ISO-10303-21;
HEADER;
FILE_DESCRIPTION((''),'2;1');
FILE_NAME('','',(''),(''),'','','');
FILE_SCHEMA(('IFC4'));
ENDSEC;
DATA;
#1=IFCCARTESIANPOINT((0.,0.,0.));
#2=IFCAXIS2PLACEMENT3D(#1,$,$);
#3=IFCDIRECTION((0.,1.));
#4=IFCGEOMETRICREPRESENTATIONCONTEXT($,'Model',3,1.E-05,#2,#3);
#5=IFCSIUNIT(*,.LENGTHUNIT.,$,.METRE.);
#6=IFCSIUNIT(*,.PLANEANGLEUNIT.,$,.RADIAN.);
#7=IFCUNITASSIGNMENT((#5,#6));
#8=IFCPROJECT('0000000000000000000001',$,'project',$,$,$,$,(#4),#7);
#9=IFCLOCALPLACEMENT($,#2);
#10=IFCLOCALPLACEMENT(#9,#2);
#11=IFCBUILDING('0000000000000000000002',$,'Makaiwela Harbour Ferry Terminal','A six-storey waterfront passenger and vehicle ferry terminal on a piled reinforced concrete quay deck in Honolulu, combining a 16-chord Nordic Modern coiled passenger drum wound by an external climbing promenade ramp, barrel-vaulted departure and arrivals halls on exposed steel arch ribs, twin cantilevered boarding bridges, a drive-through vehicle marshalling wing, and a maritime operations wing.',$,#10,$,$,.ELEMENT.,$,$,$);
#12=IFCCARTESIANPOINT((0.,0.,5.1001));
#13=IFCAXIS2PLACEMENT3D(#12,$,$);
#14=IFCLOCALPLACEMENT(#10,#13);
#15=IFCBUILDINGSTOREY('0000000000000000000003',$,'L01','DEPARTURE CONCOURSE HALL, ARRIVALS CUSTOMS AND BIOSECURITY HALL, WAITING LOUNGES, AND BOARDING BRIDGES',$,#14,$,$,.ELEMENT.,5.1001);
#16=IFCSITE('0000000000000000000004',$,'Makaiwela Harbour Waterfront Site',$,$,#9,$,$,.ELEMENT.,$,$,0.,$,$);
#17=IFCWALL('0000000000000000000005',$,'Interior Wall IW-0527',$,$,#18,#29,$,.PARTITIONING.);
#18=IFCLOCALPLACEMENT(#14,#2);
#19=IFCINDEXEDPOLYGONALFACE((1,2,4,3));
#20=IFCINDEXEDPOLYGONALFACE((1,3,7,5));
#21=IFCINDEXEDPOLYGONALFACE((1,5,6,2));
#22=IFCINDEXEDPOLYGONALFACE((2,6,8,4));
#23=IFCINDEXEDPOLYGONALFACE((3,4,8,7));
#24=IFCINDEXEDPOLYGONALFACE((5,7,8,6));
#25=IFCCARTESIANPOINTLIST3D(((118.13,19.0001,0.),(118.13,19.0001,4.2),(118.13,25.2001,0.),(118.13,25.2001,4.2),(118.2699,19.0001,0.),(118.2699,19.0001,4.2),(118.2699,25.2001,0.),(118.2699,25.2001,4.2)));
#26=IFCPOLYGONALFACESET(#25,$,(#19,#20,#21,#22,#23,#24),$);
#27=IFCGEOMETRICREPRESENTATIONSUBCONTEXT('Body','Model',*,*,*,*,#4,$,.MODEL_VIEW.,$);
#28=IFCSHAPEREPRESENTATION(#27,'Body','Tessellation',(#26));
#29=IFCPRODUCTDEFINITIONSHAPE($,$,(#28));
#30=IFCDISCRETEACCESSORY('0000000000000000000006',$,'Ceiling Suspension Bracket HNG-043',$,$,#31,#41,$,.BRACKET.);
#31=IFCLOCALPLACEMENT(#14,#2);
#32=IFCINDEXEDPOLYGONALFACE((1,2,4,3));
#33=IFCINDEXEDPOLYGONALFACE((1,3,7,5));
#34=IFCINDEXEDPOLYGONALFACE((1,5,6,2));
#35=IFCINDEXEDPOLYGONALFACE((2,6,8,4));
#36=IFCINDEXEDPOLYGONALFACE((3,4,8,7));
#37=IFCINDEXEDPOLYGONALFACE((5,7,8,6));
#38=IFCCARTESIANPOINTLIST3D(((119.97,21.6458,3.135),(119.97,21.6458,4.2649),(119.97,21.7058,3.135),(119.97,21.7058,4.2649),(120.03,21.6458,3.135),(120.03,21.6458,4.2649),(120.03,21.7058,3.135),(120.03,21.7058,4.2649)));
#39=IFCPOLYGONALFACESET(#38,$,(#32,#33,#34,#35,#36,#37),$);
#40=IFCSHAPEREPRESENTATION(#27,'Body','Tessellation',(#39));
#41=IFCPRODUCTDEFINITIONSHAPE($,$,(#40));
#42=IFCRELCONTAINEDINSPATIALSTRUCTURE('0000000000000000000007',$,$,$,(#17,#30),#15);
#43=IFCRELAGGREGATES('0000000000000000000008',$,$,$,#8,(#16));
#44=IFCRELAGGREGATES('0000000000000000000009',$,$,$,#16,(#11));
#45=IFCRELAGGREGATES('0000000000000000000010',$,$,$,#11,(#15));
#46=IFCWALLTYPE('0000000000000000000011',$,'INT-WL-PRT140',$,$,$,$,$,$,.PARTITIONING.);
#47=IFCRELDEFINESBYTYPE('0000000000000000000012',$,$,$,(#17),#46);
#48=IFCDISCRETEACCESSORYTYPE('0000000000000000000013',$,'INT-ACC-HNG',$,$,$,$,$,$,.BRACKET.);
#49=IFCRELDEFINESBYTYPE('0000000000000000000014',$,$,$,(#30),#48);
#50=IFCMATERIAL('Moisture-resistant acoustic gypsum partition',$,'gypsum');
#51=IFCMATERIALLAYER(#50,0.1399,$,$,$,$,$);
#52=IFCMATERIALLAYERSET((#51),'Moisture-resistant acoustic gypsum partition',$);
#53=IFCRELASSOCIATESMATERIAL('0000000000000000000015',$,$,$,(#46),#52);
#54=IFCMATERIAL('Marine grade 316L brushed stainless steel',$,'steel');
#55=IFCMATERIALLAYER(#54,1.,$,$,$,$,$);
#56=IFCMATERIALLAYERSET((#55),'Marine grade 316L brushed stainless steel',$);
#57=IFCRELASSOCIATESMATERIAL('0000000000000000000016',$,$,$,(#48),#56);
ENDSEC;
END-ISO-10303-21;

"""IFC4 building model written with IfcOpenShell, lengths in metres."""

from ifc_helpers import new_model, si_unit, direction, frame, frame_2d, origin, origin_2d, place, context, subcontext, project, spatial, rectangle, extrude, material, layer, layer_set, type_object, element, save


model = new_model("IFC4")

# Units and contexts
model_context = context("Model", 3, precision=1e-05, world=origin(), true_north=direction((0.0, 1.0)))
body_context = subcontext(model_context, "Body", "Model", "MODEL_VIEW")
ifc_project = project(units=[si_unit("LENGTHUNIT", "METRE"), si_unit("PLANEANGLEUNIT", "RADIAN")], contexts=[model_context])

# Site, building, storey
site_placement = place(None, origin())
site = spatial("IfcSite", under=ifc_project, at=site_placement, Name="Makaiwela Harbour Waterfront Site", CompositionType="ELEMENT", RefElevation=0.0)
building_placement = place(site_placement, origin())
building = spatial("IfcBuilding", under=site, at=building_placement, Name="Makaiwela Harbour Ferry Terminal", Description="A six-storey waterfront passenger and vehicle ferry terminal on a piled reinforced concrete quay deck in Honolulu, combining a 16-chord Nordic Modern coiled passenger drum wound by an external climbing promenade ramp, barrel-vaulted departure and arrivals halls on exposed steel arch ribs, twin cantilevered boarding bridges, a drive-through vehicle marshalling wing, and a maritime operations wing.", CompositionType="ELEMENT")
storey_placement = place(building_placement, frame((0.0, 0.0, 5.1001)))
storey = spatial("IfcBuildingStorey", under=building, at=storey_placement, Name="L01", Description="DEPARTURE CONCOURSE HALL, ARRIVALS CUSTOMS AND BIOSECURITY HALL, WAITING LOUNGES, AND BOARDING BRIDGES", CompositionType="ELEMENT", Elevation=5.1001)

# Wall
ifc_material_1 = material(Name="Moisture-resistant acoustic gypsum partition", Category="gypsum")
ifc_layer_1 = layer(ifc_material_1, 0.1399)
ifc_layer_set_1 = layer_set([ifc_layer_1], Name="Moisture-resistant acoustic gypsum partition")
wall_type_1 = type_object("IfcWallType", Name="INT-WL-PRT140", PredefinedType="PARTITIONING", material=ifc_layer_set_1)
wall_1_placement = place(storey_placement, frame((118.2, 19.0, 0.0), z_axis=(0.0, 0.0, 1.0), x_axis=(0.0, 1.0, 0.0)))
element("IfcWall", 1, at=wall_1_placement, inside=storey, type_object=wall_type_1, Name="Interior Wall IW-0527", PredefinedType="PARTITIONING", context=body_context, shape_type="SweptSolid", body=[
    extrude(rectangle(XDim=6.2, YDim=0.1399, at=frame_2d((3.1001, 0.0))), origin(), (0.0, 0.0, 1.0), 4.2),
])

# Discrete accessory
ifc_material_2 = material(Name="Marine grade 316L brushed stainless steel", Category="steel")
ifc_layer_2 = layer(ifc_material_2, 1.0)
ifc_layer_set_2 = layer_set([ifc_layer_2], Name="Marine grade 316L brushed stainless steel")
discrete_accessory_type = type_object("IfcDiscreteAccessoryType", Name="INT-ACC-HNG", PredefinedType="BRACKET", material=ifc_layer_set_2)
discrete_accessory_placement = place(storey_placement, frame((120.0, 21.6758, 3.135), z_axis=(0.0, 0.0, 1.0), x_axis=(1.0, 0.0, 0.0)))
element("IfcDiscreteAccessory", 2, at=discrete_accessory_placement, inside=storey, type_object=discrete_accessory_type, Name="Ceiling Suspension Bracket HNG-043", PredefinedType="BRACKET", context=body_context, shape_type="SweptSolid", body=[
    extrude(rectangle(XDim=0.0601, YDim=0.0601, at=origin_2d()), origin(), (0.0, 0.0, 1.0), 1.1299),
])

save(model, "model.ifc")
